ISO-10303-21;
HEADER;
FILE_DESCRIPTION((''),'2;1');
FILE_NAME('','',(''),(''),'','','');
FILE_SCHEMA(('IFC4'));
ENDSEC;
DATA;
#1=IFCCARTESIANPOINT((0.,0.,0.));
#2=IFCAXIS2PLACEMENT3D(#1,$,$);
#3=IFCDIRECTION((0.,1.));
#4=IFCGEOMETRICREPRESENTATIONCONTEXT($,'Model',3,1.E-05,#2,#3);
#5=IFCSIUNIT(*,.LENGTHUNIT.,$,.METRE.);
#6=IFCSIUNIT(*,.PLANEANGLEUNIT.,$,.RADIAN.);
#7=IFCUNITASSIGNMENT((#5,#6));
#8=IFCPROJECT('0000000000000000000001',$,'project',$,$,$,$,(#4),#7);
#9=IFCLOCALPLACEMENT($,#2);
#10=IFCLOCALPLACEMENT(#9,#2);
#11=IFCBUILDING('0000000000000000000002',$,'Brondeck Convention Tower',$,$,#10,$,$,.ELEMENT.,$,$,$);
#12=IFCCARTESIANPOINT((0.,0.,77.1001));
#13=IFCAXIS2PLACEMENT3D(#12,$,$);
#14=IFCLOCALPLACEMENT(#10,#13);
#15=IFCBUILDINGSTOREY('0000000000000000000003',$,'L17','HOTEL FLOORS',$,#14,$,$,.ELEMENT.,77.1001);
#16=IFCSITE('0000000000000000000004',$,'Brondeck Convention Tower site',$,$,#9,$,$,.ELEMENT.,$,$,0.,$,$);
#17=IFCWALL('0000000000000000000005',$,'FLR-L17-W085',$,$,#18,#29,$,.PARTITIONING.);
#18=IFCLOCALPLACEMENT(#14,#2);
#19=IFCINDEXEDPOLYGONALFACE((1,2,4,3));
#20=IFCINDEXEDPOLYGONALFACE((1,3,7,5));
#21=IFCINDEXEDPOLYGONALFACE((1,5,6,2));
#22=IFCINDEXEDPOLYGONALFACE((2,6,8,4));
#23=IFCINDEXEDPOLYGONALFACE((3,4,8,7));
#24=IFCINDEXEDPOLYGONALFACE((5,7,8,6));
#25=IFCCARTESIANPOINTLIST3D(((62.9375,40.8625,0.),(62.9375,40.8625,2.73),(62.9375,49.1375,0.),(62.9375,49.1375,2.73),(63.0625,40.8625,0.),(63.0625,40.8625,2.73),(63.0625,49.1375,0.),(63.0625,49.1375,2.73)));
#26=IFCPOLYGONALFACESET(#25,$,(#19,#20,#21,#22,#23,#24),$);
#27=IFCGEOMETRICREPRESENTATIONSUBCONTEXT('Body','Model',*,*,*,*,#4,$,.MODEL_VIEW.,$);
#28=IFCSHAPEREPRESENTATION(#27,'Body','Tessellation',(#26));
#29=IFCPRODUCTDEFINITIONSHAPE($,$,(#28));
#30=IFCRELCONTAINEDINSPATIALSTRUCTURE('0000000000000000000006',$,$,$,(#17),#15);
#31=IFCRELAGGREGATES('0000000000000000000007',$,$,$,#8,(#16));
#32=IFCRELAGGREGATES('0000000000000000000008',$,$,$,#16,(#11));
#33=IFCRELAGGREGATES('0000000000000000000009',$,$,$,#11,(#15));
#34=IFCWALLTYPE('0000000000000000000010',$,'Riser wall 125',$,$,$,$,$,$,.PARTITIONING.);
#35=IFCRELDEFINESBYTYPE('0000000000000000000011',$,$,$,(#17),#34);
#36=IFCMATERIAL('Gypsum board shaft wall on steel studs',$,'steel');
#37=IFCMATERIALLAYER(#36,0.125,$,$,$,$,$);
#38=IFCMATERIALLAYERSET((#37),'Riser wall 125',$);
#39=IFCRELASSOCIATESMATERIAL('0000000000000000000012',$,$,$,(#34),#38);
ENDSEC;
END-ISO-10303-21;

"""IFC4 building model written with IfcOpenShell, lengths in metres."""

from ifc_helpers import new_model, si_unit, direction, frame, frame_2d, origin, place, context, subcontext, project, spatial, rectangle, extrude, material, layer, layer_set, type_object, element, save


model = new_model("IFC4")

# Units and contexts
model_context = context("Model", 3, precision=1e-05, world=origin(), true_north=direction((0.0, 1.0)))
body_context = subcontext(model_context, "Body", "Model", "MODEL_VIEW")
ifc_project = project(units=[si_unit("LENGTHUNIT", "METRE"), si_unit("PLANEANGLEUNIT", "RADIAN")], contexts=[model_context])

# Site, building, storey
site_placement = place(None, origin())
site = spatial("IfcSite", under=ifc_project, at=site_placement, Name="Brondeck Convention Tower site", CompositionType="ELEMENT", RefElevation=0.0)
building_placement = place(site_placement, origin())
building = spatial("IfcBuilding", under=site, at=building_placement, Name="Brondeck Convention Tower", CompositionType="ELEMENT")
storey_placement = place(building_placement, frame((0.0, 0.0, 77.1001)))
storey = spatial("IfcBuildingStorey", under=building, at=storey_placement, Name="L17", Description="HOTEL FLOORS", CompositionType="ELEMENT", Elevation=77.1001)

# Wall
ifc_material_1 = material(Name="Gypsum board shaft wall on steel studs", Category="steel")
ifc_layer_1 = layer(ifc_material_1, 0.125)
ifc_layer_set_1 = layer_set([ifc_layer_1], Name="Riser wall 125")
wall_type_1 = type_object("IfcWallType", Name="Riser wall 125", PredefinedType="PARTITIONING", material=ifc_layer_set_1)
wall_1_placement = place(storey_placement, frame((63.0, 40.8625, 0.0), z_axis=(0.0, 0.0, 1.0), x_axis=(0.0, 1.0, 0.0)))
element("IfcWall", 1, at=wall_1_placement, inside=storey, type_object=wall_type_1, Name="FLR-L17-W085", PredefinedType="PARTITIONING", context=body_context, shape_type="SweptSolid", body=[
    extrude(rectangle(XDim=8.2749, YDim=0.125, at=frame_2d((4.1375, 0.0))), origin(), (0.0, 0.0, 1.0), 2.73),
])

save(model, "model.ifc")
